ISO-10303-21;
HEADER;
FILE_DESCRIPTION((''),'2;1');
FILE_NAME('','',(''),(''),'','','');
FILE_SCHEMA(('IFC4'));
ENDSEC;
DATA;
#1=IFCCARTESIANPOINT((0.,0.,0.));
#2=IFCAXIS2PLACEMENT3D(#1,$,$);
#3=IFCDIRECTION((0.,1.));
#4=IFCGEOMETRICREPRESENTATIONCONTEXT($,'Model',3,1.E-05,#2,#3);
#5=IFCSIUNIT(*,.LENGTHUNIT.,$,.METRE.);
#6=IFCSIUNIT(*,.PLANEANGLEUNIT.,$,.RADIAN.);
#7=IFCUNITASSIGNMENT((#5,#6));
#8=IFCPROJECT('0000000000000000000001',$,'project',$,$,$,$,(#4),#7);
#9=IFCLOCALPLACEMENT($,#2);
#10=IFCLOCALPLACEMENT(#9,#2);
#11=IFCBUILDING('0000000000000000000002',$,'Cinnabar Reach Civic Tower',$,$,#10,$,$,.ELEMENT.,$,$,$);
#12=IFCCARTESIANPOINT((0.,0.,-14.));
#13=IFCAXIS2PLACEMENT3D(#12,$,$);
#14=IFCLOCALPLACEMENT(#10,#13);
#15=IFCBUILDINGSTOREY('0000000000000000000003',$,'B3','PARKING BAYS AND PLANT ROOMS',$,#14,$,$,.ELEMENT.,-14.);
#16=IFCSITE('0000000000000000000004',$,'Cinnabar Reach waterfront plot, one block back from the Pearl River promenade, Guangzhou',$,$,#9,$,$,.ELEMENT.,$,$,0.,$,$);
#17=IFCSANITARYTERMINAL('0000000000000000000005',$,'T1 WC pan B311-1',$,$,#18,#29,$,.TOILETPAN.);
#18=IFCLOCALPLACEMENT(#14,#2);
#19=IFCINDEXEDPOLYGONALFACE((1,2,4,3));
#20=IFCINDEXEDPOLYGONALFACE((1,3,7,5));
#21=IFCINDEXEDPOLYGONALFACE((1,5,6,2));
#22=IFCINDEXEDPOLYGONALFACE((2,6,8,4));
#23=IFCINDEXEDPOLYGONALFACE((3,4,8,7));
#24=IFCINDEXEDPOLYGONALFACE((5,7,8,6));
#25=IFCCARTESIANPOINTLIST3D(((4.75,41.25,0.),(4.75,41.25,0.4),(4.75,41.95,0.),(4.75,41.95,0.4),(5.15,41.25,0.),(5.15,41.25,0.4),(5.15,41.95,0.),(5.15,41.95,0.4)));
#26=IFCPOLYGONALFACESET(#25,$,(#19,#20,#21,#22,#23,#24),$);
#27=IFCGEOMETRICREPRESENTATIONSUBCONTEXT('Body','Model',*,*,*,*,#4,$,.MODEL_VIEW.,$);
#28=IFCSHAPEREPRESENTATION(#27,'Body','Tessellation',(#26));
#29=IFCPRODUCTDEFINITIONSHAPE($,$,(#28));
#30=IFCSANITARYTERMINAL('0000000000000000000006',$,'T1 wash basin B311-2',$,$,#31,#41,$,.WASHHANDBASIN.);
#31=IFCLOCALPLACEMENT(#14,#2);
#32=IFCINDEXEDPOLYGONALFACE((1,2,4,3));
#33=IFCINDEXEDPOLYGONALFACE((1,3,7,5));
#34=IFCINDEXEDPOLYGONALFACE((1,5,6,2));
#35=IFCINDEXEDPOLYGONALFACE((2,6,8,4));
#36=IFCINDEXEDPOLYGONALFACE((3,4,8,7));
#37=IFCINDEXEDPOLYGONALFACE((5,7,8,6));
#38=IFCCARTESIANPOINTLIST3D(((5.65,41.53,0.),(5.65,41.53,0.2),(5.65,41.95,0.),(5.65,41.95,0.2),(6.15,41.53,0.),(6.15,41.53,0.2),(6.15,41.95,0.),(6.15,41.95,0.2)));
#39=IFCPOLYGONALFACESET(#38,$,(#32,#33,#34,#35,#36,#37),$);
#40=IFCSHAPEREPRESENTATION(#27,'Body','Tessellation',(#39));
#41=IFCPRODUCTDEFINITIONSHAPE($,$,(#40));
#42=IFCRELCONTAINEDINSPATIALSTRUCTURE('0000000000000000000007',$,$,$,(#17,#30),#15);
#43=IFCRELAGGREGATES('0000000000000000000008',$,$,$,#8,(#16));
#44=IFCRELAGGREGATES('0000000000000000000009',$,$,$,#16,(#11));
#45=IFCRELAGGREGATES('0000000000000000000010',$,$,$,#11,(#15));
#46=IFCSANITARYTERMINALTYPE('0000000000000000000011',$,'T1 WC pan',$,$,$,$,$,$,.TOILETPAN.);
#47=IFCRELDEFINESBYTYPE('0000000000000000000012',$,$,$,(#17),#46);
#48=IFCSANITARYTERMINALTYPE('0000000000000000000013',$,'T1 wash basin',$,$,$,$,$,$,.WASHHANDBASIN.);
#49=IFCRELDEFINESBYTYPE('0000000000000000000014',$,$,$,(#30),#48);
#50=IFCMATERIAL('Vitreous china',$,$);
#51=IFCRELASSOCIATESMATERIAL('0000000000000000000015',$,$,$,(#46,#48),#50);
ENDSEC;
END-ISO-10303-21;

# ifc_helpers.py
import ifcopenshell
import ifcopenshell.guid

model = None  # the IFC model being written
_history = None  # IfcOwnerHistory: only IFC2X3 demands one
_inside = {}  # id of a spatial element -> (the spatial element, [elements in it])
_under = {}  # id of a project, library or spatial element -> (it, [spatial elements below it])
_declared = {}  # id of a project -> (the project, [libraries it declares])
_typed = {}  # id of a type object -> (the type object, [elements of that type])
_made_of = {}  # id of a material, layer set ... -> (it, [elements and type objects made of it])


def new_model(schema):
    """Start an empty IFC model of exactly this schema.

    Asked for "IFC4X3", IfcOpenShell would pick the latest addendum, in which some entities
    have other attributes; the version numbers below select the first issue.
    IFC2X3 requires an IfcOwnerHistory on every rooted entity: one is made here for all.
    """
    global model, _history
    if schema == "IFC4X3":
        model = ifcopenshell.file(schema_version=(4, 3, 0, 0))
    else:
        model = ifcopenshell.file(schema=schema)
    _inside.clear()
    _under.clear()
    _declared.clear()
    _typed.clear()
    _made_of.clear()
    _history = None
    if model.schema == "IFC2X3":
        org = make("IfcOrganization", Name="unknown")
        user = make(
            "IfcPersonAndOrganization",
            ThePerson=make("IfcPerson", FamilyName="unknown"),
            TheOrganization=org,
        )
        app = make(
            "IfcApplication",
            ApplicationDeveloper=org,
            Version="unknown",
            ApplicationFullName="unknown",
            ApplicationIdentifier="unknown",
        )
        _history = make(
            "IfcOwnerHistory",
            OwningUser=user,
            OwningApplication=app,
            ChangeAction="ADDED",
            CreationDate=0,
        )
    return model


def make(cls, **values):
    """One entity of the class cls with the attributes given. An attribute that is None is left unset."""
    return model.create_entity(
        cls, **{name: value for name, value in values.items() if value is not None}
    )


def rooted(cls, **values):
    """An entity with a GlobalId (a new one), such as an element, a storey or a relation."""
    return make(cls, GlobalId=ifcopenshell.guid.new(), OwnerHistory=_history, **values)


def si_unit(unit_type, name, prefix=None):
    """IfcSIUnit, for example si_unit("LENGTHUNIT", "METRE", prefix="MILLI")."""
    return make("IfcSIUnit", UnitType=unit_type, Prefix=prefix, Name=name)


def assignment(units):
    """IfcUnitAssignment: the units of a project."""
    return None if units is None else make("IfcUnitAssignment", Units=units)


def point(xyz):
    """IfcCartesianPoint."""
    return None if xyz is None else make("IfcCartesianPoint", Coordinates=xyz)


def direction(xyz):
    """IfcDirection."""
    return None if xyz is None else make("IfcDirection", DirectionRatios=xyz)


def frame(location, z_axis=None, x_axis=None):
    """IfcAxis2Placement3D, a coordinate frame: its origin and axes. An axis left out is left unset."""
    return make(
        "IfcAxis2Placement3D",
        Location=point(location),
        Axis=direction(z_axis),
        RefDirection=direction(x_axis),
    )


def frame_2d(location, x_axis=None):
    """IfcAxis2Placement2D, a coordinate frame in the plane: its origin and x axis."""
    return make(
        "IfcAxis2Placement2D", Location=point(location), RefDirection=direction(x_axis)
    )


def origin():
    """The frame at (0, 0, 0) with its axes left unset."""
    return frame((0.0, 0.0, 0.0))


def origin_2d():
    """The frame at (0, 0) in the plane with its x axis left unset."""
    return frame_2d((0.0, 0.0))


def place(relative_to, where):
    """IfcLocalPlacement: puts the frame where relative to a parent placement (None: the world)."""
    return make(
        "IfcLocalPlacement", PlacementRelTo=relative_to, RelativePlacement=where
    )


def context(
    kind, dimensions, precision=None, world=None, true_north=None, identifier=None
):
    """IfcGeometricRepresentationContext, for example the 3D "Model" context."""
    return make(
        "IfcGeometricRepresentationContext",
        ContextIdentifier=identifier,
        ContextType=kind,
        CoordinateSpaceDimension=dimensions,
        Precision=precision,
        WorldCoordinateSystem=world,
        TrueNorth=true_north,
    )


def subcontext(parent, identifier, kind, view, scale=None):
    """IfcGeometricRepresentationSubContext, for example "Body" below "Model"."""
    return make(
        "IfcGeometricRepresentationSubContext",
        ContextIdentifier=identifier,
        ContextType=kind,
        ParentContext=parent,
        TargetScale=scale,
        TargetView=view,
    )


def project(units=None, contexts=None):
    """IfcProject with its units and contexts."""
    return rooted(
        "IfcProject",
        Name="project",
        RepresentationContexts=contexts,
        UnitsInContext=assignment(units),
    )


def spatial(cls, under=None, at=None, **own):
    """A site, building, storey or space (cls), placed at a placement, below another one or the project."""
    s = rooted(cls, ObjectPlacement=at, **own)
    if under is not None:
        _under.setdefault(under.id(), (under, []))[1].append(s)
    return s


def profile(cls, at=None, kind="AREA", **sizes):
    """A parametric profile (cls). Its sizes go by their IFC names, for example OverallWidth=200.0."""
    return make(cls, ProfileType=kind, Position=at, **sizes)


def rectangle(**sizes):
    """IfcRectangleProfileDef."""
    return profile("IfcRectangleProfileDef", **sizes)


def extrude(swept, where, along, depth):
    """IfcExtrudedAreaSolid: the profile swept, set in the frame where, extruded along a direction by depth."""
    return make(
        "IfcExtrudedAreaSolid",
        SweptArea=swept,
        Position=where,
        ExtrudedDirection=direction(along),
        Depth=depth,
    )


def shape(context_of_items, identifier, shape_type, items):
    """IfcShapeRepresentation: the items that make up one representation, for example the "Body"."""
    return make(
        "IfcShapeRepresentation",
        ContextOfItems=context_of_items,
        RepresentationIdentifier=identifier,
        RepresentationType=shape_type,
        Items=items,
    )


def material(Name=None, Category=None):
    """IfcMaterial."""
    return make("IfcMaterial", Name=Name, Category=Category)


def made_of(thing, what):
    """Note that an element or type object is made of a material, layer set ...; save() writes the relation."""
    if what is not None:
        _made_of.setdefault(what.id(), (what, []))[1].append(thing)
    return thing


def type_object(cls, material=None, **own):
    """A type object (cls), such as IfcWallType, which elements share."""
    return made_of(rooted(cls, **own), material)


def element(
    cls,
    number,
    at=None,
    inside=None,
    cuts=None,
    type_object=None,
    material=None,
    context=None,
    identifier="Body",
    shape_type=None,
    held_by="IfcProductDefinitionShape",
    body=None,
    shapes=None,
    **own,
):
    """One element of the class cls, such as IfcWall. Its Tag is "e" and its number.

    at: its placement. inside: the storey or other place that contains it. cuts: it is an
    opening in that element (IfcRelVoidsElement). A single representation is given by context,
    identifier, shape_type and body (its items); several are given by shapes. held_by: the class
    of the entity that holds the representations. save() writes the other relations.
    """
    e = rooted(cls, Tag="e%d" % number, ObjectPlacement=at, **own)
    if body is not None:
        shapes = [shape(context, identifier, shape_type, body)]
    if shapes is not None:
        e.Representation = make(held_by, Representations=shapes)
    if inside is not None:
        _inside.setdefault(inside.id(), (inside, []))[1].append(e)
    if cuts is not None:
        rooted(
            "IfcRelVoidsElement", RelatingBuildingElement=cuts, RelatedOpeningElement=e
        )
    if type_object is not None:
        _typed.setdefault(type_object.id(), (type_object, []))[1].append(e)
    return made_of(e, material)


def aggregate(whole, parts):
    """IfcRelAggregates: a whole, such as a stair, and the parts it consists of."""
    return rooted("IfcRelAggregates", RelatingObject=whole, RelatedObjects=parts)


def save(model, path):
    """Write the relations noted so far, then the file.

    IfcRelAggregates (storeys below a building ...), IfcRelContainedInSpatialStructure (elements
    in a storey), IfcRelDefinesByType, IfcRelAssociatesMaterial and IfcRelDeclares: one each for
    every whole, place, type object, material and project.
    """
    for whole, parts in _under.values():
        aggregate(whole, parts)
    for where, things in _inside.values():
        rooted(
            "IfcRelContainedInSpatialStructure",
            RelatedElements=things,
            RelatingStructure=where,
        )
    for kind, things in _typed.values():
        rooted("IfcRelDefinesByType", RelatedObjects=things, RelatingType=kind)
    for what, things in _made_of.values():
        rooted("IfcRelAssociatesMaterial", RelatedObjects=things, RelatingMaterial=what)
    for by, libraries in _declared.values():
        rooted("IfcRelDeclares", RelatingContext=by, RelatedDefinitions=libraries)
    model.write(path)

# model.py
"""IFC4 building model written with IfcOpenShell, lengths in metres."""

from ifc_helpers import new_model, si_unit, direction, frame, origin, origin_2d, place, context, subcontext, project, spatial, rectangle, extrude, material, type_object, element, save


model = new_model("IFC4")

# Units and contexts
model_context = context("Model", 3, precision=1e-05, world=origin(), true_north=direction((0.0, 1.0)))
body_context = subcontext(model_context, "Body", "Model", "MODEL_VIEW")
ifc_project = project(units=[si_unit("LENGTHUNIT", "METRE"), si_unit("PLANEANGLEUNIT", "RADIAN")], contexts=[model_context])

# Site, building, storey
site_placement = place(None, origin())
site = spatial("IfcSite", under=ifc_project, at=site_placement, Name="Cinnabar Reach waterfront plot, one block back from the Pearl River promenade, Guangzhou", CompositionType="ELEMENT", RefElevation=0.0)
building_placement = place(site_placement, origin())
building = spatial("IfcBuilding", under=site, at=building_placement, Name="Cinnabar Reach Civic Tower", CompositionType="ELEMENT")
storey_placement = place(building_placement, frame((0.0, 0.0, -14.0)))
storey = spatial("IfcBuildingStorey", under=building, at=storey_placement, Name="B3", Description="PARKING BAYS AND PLANT ROOMS", CompositionType="ELEMENT", Elevation=-14.0)

# Sanitary terminals
ifc_material_1 = material(Name="Vitreous china")
sanitary_terminal_type_1 = type_object("IfcSanitaryTerminalType", Name="T1 WC pan", PredefinedType="TOILETPAN", material=ifc_material_1)
sanitary_terminal_1_placement = place(storey_placement, frame((4.95, 41.6, 0.0), z_axis=(0.0, 0.0, 1.0), x_axis=(1.0, 0.0, 0.0)))
element("IfcSanitaryTerminal", 1, at=sanitary_terminal_1_placement, inside=storey, type_object=sanitary_terminal_type_1, Name="T1 WC pan B311-1", PredefinedType="TOILETPAN", context=body_context, shape_type="SweptSolid", body=[
    extrude(rectangle(XDim=0.4, YDim=0.7, at=origin_2d()), origin(), (0.0, 0.0, 1.0), 0.4),
])
sanitary_terminal_type_2 = type_object("IfcSanitaryTerminalType", Name="T1 wash basin", PredefinedType="WASHHANDBASIN", material=ifc_material_1)
sanitary_terminal_2_placement = place(storey_placement, frame((5.9, 41.74, 0.0), z_axis=(0.0, 0.0, 1.0), x_axis=(1.0, 0.0, 0.0)))
element("IfcSanitaryTerminal", 2, at=sanitary_terminal_2_placement, inside=storey, type_object=sanitary_terminal_type_2, Name="T1 wash basin B311-2", PredefinedType="WASHHANDBASIN", context=body_context, shape_type="SweptSolid", body=[
    extrude(rectangle(XDim=0.5, YDim=0.42, at=origin_2d()), origin(), (0.0, 0.0, 1.0), 0.2),
])

save(model, "model.ifc")
